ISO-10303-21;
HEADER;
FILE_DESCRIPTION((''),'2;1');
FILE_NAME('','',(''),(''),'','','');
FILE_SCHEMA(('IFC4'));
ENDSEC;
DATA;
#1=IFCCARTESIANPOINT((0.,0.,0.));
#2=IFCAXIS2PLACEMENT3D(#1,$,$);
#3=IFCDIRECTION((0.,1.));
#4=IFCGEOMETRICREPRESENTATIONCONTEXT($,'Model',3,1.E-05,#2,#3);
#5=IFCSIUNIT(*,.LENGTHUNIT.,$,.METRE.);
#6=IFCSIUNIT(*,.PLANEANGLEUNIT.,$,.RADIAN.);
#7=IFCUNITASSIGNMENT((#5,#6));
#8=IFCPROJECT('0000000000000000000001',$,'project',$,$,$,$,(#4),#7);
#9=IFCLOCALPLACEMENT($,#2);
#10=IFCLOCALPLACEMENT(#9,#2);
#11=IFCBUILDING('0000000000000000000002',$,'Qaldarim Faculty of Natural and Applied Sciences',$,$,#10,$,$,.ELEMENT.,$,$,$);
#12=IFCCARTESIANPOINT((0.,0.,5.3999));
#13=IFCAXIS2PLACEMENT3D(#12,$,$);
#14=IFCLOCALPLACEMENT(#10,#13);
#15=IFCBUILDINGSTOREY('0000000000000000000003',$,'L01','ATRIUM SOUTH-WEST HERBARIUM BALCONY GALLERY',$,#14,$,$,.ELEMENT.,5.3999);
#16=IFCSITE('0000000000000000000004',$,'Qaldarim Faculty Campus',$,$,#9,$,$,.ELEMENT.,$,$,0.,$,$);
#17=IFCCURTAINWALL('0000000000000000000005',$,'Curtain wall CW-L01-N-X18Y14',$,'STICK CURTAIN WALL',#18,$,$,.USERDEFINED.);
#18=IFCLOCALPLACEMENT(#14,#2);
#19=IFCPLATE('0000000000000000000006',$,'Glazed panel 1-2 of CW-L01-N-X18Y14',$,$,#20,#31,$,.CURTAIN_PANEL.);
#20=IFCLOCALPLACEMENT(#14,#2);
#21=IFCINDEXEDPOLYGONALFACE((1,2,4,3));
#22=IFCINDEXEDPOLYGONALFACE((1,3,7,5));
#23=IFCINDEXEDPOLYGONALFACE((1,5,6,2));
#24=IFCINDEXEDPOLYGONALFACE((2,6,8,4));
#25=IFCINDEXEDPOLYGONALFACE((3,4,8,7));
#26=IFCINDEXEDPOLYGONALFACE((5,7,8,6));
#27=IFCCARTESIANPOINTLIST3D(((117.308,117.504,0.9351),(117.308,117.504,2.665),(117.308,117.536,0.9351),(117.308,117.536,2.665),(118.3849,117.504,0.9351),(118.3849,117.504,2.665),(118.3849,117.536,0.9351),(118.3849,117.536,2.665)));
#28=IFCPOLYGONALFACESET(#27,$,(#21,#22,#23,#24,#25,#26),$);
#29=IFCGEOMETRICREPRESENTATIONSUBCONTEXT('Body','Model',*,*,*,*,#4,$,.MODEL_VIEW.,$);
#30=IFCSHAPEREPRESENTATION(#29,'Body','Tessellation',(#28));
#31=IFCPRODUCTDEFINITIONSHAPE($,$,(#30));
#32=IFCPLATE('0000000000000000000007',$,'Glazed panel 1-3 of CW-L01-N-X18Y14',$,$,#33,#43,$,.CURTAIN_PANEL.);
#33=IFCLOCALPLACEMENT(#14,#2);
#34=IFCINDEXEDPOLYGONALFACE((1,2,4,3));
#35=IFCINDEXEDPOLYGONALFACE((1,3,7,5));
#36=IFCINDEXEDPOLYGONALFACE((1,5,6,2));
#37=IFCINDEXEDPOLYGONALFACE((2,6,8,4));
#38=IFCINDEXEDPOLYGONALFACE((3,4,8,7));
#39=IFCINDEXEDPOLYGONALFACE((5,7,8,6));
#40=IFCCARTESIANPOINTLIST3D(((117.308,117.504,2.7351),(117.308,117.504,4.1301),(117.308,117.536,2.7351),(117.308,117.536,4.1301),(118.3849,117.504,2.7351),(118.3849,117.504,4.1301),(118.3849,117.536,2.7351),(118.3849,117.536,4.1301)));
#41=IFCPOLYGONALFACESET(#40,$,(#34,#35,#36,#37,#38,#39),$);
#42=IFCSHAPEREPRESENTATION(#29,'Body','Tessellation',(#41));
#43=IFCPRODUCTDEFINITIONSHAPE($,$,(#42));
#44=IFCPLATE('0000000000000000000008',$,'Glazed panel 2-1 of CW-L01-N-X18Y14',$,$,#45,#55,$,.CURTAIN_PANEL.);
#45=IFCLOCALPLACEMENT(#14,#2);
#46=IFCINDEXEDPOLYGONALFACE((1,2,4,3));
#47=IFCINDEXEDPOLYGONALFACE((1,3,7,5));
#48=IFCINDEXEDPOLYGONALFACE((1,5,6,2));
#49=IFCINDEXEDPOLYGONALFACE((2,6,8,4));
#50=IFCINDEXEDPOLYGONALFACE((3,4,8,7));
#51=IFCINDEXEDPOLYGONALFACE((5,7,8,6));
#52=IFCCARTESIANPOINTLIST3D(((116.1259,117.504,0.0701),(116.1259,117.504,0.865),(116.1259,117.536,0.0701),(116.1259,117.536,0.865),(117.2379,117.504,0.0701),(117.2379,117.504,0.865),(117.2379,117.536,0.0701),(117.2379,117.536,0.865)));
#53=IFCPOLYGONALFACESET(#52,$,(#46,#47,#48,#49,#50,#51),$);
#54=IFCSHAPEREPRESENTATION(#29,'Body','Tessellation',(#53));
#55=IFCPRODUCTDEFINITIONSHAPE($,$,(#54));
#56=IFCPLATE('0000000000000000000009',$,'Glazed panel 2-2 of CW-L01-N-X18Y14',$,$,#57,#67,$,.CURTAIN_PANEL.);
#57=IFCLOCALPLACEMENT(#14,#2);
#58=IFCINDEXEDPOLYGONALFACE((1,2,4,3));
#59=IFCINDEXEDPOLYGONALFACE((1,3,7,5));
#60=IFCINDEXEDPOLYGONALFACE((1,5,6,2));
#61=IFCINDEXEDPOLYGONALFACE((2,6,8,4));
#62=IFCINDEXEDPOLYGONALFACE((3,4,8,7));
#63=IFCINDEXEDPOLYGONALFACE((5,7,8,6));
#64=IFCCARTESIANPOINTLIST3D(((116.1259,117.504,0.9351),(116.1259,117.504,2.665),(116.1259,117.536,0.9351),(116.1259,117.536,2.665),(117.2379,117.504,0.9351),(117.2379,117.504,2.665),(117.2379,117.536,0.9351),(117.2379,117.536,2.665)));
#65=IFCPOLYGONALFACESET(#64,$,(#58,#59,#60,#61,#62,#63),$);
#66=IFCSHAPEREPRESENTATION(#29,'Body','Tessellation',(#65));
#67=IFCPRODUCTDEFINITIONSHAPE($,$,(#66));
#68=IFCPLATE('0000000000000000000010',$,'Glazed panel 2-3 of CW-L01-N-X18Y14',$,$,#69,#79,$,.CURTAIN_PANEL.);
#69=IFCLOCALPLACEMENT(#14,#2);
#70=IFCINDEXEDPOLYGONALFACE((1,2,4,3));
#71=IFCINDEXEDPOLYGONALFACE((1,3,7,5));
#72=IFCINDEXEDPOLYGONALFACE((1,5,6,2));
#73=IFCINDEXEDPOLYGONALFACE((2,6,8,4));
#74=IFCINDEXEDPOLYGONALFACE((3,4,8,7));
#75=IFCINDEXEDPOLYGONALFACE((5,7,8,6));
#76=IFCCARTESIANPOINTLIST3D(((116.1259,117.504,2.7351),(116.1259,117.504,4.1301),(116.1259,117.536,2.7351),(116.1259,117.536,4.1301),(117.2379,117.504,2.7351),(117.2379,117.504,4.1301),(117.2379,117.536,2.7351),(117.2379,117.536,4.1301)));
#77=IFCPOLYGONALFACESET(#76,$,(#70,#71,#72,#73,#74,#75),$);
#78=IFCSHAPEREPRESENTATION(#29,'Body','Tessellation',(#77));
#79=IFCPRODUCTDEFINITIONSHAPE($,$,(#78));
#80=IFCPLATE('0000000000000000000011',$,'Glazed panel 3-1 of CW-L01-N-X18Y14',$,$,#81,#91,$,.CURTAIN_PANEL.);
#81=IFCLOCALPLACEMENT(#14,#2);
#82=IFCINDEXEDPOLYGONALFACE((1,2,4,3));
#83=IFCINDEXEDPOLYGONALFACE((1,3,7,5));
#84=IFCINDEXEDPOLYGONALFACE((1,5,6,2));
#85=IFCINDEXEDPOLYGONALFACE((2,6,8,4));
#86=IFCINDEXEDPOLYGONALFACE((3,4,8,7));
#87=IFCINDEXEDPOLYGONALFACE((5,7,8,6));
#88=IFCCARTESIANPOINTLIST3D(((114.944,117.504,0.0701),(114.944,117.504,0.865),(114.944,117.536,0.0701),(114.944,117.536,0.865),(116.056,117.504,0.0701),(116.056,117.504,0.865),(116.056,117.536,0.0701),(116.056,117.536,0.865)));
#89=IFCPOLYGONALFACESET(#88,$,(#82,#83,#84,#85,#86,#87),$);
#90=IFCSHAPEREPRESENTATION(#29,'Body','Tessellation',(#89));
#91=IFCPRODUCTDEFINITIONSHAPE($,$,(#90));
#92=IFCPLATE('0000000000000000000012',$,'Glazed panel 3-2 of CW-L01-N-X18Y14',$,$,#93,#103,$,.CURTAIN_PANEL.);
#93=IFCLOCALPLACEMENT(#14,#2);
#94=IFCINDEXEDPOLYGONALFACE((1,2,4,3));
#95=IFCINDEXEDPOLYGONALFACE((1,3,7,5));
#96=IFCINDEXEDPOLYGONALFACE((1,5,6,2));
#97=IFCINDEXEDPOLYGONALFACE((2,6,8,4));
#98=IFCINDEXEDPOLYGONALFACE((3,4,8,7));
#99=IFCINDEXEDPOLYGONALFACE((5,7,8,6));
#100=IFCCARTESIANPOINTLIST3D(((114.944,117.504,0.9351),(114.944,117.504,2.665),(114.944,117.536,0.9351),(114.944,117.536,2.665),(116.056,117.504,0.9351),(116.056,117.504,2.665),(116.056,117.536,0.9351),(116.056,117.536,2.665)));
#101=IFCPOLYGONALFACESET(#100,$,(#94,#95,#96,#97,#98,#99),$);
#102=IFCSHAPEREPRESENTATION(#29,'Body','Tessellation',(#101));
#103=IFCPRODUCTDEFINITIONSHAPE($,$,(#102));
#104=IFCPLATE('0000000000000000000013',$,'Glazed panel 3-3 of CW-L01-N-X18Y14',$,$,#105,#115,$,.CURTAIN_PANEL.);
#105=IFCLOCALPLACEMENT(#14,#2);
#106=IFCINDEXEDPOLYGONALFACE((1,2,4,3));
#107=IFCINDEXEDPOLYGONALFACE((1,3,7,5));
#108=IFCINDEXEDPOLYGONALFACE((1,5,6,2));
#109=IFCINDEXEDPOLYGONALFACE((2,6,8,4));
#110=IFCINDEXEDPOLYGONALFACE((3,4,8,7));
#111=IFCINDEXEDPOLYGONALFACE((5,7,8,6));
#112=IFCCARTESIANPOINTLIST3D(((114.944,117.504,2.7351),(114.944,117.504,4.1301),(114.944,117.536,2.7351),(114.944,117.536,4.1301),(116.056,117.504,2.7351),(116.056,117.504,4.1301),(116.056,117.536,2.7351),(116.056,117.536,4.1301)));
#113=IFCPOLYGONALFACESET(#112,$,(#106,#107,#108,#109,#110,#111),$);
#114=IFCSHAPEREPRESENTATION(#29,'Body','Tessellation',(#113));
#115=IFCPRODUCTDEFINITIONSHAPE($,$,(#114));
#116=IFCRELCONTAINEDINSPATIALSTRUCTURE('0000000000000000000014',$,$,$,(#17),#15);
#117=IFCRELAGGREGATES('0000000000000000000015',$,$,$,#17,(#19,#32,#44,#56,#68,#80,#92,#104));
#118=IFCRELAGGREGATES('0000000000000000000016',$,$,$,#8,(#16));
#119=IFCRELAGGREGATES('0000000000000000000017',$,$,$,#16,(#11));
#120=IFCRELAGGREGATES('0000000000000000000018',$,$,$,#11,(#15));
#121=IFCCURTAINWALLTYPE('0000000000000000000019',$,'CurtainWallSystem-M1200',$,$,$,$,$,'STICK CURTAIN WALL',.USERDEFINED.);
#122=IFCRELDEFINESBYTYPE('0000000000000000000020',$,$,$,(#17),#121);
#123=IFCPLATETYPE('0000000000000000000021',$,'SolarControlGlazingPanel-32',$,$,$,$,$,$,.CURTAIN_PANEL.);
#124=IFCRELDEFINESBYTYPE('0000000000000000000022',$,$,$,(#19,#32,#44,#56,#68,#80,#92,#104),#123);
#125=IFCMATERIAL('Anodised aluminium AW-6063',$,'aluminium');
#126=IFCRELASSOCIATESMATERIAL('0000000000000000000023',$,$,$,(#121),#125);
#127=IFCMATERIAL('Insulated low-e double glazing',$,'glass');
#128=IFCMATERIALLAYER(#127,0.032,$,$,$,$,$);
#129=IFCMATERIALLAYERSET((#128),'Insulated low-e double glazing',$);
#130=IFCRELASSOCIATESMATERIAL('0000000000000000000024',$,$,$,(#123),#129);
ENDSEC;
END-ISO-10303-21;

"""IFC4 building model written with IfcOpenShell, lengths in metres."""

from ifc_helpers import new_model, si_unit, direction, frame, origin, origin_2d, place, context, subcontext, project, spatial, rectangle, extrude, material, layer, layer_set, type_object, element, aggregate, save


model = new_model("IFC4")

# Units and contexts
model_context = context("Model", 3, precision=1e-05, world=origin(), true_north=direction((0.0, 1.0)))
body_context = subcontext(model_context, "Body", "Model", "MODEL_VIEW")
ifc_project = project(units=[si_unit("LENGTHUNIT", "METRE"), si_unit("PLANEANGLEUNIT", "RADIAN")], contexts=[model_context])

# Site, building, storey
site_placement = place(None, origin())
site = spatial("IfcSite", under=ifc_project, at=site_placement, Name="Qaldarim Faculty Campus", CompositionType="ELEMENT", RefElevation=0.0)
building_placement = place(site_placement, origin())
building = spatial("IfcBuilding", under=site, at=building_placement, Name="Qaldarim Faculty of Natural and Applied Sciences", CompositionType="ELEMENT")
storey_placement = place(building_placement, frame((0.0, 0.0, 5.3999)))
storey = spatial("IfcBuildingStorey", under=building, at=storey_placement, Name="L01", Description="ATRIUM SOUTH-WEST HERBARIUM BALCONY GALLERY", CompositionType="ELEMENT", Elevation=5.3999)

# Curtain wall, plates
ifc_material_1 = material(Name="Anodised aluminium AW-6063", Category="aluminium")
curtain_wall_type = type_object("IfcCurtainWallType", Name="CurtainWallSystem-M1200", ElementType="STICK CURTAIN WALL", PredefinedType="USERDEFINED", material=ifc_material_1)
curtain_wall_placement = place(storey_placement, origin())
curtain_wall = element("IfcCurtainWall", 1, at=curtain_wall_placement, inside=storey, type_object=curtain_wall_type, Name="Curtain wall CW-L01-N-X18Y14", ObjectType="STICK CURTAIN WALL", PredefinedType="USERDEFINED")
ifc_material_2 = material(Name="Insulated low-e double glazing", Category="glass")
ifc_layer = layer(ifc_material_2, 0.032)
ifc_layer_set = layer_set([ifc_layer], Name="Insulated low-e double glazing")
plate_type = type_object("IfcPlateType", Name="SolarControlGlazingPanel-32", PredefinedType="CURTAIN_PANEL", material=ifc_layer_set)
plate_1_placement = place(storey_placement, frame((117.8464, 117.52, 0.9351), z_axis=(0.0, 0.0, 1.0), x_axis=(-1.0, 0.0, 0.0)))
plate_1 = element("IfcPlate", 2, at=plate_1_placement, type_object=plate_type, Name="Glazed panel 1-2 of CW-L01-N-X18Y14", PredefinedType="CURTAIN_PANEL", context=body_context, shape_type="SweptSolid", body=[
    extrude(rectangle(XDim=1.0769, YDim=0.032, at=origin_2d()), origin(), (0.0, 0.0, 1.0), 1.73),
])
plate_2_placement = place(storey_placement, frame((117.8464, 117.52, 2.7351), z_axis=(0.0, 0.0, 1.0), x_axis=(-1.0, 0.0, 0.0)))
plate_2 = element("IfcPlate", 3, at=plate_2_placement, type_object=plate_type, Name="Glazed panel 1-3 of CW-L01-N-X18Y14", PredefinedType="CURTAIN_PANEL", context=body_context, shape_type="SweptSolid", body=[
    extrude(rectangle(XDim=1.0769, YDim=0.032, at=origin_2d()), origin(), (0.0, 0.0, 1.0), 1.395),
])
plate_3_placement = place(storey_placement, frame((116.6819, 117.52, 0.0701), z_axis=(0.0, 0.0, 1.0), x_axis=(-1.0, 0.0, 0.0)))
plate_3 = element("IfcPlate", 4, at=plate_3_placement, type_object=plate_type, Name="Glazed panel 2-1 of CW-L01-N-X18Y14", PredefinedType="CURTAIN_PANEL", context=body_context, shape_type="SweptSolid", body=[
    extrude(rectangle(XDim=1.1121, YDim=0.032, at=origin_2d()), origin(), (0.0, 0.0, 1.0), 0.7949),
])
plate_4_placement = place(storey_placement, frame((116.6819, 117.52, 0.9351), z_axis=(0.0, 0.0, 1.0), x_axis=(-1.0, 0.0, 0.0)))
plate_4 = element("IfcPlate", 5, at=plate_4_placement, type_object=plate_type, Name="Glazed panel 2-2 of CW-L01-N-X18Y14", PredefinedType="CURTAIN_PANEL", context=body_context, shape_type="SweptSolid", body=[
    extrude(rectangle(XDim=1.1121, YDim=0.032, at=origin_2d()), origin(), (0.0, 0.0, 1.0), 1.73),
])
plate_5_placement = place(storey_placement, frame((116.6819, 117.52, 2.7351), z_axis=(0.0, 0.0, 1.0), x_axis=(-1.0, 0.0, 0.0)))
plate_5 = element("IfcPlate", 6, at=plate_5_placement, type_object=plate_type, Name="Glazed panel 2-3 of CW-L01-N-X18Y14", PredefinedType="CURTAIN_PANEL", context=body_context, shape_type="SweptSolid", body=[
    extrude(rectangle(XDim=1.1121, YDim=0.032, at=origin_2d()), origin(), (0.0, 0.0, 1.0), 1.395),
])
plate_6_placement = place(storey_placement, frame((115.5, 117.52, 0.0701), z_axis=(0.0, 0.0, 1.0), x_axis=(-1.0, 0.0, 0.0)))
plate_6 = element("IfcPlate", 7, at=plate_6_placement, type_object=plate_type, Name="Glazed panel 3-1 of CW-L01-N-X18Y14", PredefinedType="CURTAIN_PANEL", context=body_context, shape_type="SweptSolid", body=[
    extrude(rectangle(XDim=1.1121, YDim=0.032, at=origin_2d()), origin(), (0.0, 0.0, 1.0), 0.7949),
])
plate_7_placement = place(storey_placement, frame((115.5, 117.52, 0.9351), z_axis=(0.0, 0.0, 1.0), x_axis=(-1.0, 0.0, 0.0)))
plate_7 = element("IfcPlate", 8, at=plate_7_placement, type_object=plate_type, Name="Glazed panel 3-2 of CW-L01-N-X18Y14", PredefinedType="CURTAIN_PANEL", context=body_context, shape_type="SweptSolid", body=[
    extrude(rectangle(XDim=1.1121, YDim=0.032, at=origin_2d()), origin(), (0.0, 0.0, 1.0), 1.73),
])
plate_8_placement = place(storey_placement, frame((115.5, 117.52, 2.7351), z_axis=(0.0, 0.0, 1.0), x_axis=(-1.0, 0.0, 0.0)))
plate_8 = element("IfcPlate", 9, at=plate_8_placement, type_object=plate_type, Name="Glazed panel 3-3 of CW-L01-N-X18Y14", PredefinedType="CURTAIN_PANEL", context=body_context, shape_type="SweptSolid", body=[
    extrude(rectangle(XDim=1.1121, YDim=0.032, at=origin_2d()), origin(), (0.0, 0.0, 1.0), 1.395),
])
aggregate(curtain_wall, [plate_1, plate_2, plate_3, plate_4, plate_5, plate_6, plate_7, plate_8])

save(model, "model.ifc")
